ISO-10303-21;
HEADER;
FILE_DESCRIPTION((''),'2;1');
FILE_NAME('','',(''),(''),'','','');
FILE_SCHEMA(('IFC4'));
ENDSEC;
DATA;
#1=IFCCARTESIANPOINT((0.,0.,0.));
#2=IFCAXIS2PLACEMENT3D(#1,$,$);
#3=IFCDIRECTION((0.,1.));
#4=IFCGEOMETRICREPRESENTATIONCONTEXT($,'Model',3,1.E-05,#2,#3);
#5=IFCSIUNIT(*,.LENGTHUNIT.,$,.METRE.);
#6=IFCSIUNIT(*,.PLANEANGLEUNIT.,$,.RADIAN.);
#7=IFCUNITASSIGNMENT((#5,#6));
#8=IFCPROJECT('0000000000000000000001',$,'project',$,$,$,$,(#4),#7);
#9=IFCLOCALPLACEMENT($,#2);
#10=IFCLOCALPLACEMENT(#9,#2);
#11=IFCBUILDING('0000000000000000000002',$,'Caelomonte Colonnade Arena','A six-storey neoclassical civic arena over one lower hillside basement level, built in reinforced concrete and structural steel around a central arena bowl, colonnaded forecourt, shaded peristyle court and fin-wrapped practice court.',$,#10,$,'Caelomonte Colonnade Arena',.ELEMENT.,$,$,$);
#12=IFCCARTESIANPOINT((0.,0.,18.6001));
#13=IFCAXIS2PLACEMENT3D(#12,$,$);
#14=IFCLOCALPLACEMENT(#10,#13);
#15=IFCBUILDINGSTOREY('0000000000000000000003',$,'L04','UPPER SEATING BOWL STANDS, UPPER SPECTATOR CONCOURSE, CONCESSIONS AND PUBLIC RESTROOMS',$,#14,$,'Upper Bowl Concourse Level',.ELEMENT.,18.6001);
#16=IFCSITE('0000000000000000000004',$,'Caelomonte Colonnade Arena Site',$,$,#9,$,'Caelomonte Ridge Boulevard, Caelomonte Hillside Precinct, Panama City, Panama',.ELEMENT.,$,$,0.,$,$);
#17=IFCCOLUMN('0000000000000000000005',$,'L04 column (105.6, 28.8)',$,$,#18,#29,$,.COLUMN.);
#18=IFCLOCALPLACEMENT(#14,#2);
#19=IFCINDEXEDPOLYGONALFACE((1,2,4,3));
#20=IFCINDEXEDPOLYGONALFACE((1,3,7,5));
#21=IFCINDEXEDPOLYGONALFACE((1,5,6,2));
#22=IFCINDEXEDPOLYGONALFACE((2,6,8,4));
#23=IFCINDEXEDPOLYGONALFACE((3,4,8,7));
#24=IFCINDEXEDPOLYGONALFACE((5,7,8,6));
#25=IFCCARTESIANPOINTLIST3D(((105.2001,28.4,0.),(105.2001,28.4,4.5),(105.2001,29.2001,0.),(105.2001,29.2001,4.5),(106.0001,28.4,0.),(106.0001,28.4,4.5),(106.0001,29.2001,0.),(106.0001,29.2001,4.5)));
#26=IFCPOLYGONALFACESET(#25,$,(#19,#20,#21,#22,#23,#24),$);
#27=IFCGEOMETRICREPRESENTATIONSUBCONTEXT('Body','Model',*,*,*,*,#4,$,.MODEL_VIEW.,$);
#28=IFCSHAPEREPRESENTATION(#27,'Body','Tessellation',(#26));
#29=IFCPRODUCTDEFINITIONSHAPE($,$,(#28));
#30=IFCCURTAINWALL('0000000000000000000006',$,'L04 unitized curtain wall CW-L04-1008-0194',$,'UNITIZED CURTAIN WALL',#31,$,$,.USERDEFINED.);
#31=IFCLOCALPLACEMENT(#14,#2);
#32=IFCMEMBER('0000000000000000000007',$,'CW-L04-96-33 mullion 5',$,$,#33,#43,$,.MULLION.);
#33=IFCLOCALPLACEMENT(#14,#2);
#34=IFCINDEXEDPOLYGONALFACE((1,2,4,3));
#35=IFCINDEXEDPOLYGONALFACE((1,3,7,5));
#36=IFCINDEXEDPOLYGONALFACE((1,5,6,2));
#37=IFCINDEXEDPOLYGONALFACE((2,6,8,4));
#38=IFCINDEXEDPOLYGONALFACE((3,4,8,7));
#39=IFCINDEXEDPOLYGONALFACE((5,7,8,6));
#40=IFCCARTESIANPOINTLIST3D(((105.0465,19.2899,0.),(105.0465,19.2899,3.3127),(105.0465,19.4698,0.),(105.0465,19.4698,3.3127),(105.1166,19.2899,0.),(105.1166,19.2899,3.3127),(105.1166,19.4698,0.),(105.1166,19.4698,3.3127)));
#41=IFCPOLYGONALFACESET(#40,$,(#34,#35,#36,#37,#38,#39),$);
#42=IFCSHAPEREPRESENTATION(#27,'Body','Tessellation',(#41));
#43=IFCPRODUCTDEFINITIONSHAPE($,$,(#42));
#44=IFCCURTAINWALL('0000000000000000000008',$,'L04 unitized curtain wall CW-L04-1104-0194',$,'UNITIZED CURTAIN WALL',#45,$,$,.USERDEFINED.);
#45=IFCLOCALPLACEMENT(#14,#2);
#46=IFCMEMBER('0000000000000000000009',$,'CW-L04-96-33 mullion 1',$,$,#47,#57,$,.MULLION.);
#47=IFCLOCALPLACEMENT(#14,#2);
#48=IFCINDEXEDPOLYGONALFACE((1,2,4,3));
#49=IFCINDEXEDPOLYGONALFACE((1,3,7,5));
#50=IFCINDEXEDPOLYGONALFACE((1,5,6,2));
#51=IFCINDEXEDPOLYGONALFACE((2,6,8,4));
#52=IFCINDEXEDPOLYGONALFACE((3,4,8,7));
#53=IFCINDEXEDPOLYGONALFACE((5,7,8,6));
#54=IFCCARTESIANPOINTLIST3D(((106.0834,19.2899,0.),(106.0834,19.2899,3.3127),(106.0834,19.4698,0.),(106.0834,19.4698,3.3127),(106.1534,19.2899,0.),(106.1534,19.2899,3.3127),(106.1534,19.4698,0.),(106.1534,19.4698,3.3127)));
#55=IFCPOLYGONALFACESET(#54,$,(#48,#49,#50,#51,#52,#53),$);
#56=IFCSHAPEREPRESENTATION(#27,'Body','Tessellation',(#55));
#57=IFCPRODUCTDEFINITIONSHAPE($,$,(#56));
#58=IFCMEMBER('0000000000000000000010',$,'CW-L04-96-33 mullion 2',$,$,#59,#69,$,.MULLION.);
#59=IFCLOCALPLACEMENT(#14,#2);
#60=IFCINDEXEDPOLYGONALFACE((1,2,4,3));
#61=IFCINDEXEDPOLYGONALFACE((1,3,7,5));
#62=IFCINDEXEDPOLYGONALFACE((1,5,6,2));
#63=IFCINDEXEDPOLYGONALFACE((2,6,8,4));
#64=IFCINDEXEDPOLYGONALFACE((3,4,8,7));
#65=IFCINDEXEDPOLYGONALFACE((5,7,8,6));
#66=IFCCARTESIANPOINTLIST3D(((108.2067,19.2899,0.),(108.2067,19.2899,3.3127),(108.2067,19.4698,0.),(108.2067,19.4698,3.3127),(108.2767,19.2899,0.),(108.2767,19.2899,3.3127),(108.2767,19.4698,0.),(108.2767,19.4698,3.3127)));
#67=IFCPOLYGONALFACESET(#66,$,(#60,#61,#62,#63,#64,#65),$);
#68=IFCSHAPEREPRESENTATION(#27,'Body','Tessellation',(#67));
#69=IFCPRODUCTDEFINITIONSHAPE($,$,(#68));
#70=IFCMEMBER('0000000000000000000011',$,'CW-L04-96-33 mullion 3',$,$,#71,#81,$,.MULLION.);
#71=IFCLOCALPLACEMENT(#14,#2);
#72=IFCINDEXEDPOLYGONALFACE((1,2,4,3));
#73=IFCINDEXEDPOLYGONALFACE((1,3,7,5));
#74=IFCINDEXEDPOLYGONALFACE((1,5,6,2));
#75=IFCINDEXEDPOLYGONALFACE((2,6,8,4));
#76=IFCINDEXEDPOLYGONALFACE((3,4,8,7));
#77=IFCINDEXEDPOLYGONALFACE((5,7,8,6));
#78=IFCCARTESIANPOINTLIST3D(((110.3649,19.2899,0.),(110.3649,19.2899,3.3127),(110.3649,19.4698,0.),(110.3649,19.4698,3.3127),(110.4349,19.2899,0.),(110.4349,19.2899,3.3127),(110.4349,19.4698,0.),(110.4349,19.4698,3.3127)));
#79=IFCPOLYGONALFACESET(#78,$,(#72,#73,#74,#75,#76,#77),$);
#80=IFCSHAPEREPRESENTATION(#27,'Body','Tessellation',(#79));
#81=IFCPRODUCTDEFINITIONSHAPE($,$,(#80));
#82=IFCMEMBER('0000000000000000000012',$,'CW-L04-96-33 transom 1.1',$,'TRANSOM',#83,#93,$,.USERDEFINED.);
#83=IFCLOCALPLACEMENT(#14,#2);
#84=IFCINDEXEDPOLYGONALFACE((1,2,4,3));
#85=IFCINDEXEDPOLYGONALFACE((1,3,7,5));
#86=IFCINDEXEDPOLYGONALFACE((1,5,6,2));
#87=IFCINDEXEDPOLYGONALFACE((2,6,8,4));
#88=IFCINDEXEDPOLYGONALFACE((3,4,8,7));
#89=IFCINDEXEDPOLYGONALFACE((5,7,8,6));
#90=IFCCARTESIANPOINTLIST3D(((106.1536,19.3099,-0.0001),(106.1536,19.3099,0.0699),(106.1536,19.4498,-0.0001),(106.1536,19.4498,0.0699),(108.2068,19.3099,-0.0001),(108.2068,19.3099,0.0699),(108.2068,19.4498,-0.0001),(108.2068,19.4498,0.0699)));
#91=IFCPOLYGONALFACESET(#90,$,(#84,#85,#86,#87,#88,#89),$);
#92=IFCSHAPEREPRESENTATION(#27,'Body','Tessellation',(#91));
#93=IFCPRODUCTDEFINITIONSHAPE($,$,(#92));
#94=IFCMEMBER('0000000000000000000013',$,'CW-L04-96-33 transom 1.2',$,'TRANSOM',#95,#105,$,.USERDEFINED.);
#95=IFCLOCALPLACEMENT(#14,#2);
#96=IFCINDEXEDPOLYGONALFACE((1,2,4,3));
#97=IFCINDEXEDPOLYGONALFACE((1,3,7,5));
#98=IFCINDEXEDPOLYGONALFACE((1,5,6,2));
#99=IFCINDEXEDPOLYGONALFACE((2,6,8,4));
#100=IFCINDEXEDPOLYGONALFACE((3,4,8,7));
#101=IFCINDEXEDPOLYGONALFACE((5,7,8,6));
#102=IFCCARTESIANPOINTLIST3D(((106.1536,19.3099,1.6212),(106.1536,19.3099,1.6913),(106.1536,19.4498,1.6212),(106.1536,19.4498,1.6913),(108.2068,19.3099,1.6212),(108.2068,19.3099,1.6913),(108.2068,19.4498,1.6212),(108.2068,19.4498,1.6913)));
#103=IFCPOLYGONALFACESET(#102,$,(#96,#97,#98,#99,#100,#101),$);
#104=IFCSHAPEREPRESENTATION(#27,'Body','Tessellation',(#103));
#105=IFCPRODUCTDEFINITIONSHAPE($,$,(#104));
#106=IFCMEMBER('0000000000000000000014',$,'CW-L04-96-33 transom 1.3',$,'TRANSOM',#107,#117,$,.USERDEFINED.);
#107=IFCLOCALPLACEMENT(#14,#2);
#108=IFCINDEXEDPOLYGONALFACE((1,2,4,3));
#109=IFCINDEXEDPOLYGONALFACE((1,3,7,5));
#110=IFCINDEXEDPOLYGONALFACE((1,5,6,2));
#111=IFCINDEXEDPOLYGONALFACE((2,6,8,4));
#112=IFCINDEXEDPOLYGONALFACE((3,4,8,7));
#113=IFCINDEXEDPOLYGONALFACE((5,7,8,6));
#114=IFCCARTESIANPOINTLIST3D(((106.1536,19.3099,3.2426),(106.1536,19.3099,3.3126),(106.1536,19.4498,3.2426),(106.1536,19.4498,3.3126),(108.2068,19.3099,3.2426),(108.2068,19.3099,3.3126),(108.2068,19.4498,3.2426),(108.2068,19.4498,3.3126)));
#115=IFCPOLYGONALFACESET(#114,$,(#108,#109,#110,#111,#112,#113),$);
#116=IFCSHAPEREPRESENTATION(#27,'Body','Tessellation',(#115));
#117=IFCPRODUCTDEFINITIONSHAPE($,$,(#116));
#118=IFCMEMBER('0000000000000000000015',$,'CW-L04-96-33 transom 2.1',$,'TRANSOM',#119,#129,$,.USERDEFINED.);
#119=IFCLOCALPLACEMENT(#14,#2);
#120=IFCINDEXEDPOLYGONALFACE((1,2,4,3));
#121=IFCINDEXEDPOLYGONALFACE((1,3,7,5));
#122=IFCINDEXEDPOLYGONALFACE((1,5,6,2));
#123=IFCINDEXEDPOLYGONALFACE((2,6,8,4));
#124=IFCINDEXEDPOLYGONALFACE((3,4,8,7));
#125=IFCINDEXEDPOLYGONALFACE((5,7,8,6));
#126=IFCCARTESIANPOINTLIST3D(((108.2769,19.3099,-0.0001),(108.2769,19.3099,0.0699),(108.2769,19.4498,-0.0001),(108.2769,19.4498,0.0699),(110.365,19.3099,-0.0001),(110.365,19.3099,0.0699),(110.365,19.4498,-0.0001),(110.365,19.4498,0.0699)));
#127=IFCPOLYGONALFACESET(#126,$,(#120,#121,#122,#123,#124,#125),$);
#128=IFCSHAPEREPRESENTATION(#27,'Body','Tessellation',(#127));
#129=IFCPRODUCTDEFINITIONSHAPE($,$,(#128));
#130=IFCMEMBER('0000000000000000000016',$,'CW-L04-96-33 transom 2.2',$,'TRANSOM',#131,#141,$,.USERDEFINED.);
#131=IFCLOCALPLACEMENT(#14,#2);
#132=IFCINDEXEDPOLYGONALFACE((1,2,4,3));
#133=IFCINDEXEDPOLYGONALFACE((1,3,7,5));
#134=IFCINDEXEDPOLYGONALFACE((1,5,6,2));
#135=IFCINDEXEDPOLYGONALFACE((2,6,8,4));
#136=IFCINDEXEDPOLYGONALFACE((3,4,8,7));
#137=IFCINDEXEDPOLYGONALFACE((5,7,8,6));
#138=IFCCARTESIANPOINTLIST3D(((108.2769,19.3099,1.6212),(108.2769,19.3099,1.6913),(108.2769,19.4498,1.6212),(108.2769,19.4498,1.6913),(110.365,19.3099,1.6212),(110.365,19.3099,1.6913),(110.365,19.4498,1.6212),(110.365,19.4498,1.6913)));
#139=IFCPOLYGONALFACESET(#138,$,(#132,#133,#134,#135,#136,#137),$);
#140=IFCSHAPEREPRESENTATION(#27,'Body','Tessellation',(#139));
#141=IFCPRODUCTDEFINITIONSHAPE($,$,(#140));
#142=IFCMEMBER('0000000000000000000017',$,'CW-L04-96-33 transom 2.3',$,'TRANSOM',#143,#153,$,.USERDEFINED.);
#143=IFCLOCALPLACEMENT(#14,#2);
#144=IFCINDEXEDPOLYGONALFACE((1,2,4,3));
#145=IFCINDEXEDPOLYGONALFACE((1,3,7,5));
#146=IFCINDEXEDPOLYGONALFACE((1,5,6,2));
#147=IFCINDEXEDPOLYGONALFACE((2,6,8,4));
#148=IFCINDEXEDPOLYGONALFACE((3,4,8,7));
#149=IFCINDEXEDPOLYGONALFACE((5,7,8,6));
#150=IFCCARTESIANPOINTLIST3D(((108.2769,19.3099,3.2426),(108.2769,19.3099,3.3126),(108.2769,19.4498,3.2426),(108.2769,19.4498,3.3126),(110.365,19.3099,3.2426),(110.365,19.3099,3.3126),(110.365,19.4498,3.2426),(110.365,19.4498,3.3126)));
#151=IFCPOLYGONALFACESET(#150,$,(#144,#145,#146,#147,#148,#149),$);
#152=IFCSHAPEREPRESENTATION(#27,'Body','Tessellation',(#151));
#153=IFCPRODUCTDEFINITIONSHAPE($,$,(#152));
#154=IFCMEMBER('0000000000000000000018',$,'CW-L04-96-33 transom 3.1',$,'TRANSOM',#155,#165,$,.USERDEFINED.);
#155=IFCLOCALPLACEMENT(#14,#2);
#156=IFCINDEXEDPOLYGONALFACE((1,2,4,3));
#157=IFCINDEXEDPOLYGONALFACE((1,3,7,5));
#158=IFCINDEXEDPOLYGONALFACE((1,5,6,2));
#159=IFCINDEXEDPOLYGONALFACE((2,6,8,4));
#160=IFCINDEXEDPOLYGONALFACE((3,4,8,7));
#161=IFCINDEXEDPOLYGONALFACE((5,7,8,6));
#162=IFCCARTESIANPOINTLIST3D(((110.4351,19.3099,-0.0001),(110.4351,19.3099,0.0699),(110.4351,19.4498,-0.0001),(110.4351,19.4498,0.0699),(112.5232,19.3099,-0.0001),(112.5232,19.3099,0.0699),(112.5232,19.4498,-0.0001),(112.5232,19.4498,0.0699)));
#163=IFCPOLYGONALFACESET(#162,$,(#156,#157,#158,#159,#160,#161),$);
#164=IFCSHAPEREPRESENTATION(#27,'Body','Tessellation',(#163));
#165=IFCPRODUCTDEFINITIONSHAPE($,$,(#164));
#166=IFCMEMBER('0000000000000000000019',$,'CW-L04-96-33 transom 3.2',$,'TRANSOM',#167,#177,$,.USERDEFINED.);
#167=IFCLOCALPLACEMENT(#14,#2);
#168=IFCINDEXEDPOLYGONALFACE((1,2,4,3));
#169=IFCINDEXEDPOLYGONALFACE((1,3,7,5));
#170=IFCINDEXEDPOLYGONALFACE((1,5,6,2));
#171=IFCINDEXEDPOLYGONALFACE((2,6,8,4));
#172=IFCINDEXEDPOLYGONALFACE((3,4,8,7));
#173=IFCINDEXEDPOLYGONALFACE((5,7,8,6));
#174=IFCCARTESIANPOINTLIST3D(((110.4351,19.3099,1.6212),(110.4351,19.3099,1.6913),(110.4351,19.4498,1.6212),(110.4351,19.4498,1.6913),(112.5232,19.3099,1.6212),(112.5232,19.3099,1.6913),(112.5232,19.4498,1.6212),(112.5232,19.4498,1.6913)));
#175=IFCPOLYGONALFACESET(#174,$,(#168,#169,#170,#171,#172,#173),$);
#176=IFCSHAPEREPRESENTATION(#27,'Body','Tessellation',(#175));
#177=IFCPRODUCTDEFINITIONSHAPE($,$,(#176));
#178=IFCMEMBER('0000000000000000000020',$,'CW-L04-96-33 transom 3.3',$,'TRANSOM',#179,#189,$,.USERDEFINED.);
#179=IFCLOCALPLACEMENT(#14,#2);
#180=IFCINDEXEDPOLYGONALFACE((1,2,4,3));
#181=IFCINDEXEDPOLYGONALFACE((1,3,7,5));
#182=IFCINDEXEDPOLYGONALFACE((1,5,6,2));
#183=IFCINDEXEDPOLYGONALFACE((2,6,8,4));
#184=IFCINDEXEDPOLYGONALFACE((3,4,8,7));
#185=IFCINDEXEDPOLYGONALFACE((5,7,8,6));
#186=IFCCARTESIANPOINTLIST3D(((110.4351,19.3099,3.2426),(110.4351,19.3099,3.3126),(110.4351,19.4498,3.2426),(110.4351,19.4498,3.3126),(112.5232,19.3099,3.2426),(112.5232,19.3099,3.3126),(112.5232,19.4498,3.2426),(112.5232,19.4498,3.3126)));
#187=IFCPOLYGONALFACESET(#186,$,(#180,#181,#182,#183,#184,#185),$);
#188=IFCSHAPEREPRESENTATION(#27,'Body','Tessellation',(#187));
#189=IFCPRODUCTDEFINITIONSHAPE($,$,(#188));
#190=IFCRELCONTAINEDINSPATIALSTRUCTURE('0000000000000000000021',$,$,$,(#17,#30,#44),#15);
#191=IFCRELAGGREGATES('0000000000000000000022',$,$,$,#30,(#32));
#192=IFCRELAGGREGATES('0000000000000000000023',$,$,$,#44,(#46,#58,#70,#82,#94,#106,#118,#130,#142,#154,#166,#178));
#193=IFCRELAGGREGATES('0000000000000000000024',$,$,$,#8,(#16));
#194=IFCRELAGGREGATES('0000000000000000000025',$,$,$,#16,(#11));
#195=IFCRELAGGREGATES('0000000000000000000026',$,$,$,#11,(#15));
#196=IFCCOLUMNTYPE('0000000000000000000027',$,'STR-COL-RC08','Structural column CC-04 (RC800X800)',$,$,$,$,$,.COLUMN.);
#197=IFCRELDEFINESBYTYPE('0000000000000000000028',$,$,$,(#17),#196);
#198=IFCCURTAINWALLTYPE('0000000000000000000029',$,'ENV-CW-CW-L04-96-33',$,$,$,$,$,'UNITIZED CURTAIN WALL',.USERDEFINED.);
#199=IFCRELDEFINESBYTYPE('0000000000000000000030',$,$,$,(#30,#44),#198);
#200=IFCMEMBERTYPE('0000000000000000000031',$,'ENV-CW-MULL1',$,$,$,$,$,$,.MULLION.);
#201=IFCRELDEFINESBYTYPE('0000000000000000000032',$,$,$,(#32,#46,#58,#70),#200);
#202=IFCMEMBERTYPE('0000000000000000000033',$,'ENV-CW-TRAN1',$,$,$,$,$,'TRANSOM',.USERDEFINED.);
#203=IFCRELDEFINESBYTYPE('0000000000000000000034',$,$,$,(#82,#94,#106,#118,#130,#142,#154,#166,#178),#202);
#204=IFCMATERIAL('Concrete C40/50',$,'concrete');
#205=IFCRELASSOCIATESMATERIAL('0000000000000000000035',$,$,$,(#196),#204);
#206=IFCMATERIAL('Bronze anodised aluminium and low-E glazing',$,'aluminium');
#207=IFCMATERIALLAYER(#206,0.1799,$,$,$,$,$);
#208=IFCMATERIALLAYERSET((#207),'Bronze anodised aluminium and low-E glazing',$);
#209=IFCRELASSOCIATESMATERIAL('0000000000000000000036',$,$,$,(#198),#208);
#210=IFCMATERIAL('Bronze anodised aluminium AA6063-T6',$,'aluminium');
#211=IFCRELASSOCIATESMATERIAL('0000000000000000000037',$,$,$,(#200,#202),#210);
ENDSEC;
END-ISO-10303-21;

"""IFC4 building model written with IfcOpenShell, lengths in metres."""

from ifc_helpers import new_model, si_unit, direction, frame, origin, origin_2d, place, context, subcontext, project, spatial, rectangle, extrude, material, layer, layer_set, material_profile, profile_set, type_object, element, aggregate, save


model = new_model("IFC4")

# Units and contexts
model_context = context("Model", 3, precision=1e-05, world=origin(), true_north=direction((0.0, 1.0)))
body_context = subcontext(model_context, "Body", "Model", "MODEL_VIEW")
ifc_project = project(units=[si_unit("LENGTHUNIT", "METRE"), si_unit("PLANEANGLEUNIT", "RADIAN")], contexts=[model_context])

# Site, building, storey
site_placement = place(None, origin())
site = spatial("IfcSite", under=ifc_project, at=site_placement, Name="Caelomonte Colonnade Arena Site", LongName="Caelomonte Ridge Boulevard, Caelomonte Hillside Precinct, Panama City, Panama", CompositionType="ELEMENT", RefElevation=0.0)
building_placement = place(site_placement, origin())
building = spatial("IfcBuilding", under=site, at=building_placement, Name="Caelomonte Colonnade Arena", Description="A six-storey neoclassical civic arena over one lower hillside basement level, built in reinforced concrete and structural steel around a central arena bowl, colonnaded forecourt, shaded peristyle court and fin-wrapped practice court.", LongName="Caelomonte Colonnade Arena", CompositionType="ELEMENT")
storey_placement = place(building_placement, frame((0.0, 0.0, 18.6001)))
storey = spatial("IfcBuildingStorey", under=building, at=storey_placement, Name="L04", Description="UPPER SEATING BOWL STANDS, UPPER SPECTATOR CONCOURSE, CONCESSIONS AND PUBLIC RESTROOMS", LongName="Upper Bowl Concourse Level", CompositionType="ELEMENT", Elevation=18.6001)

# Column
ifc_material_1 = material(Name="Concrete C40/50", Category="concrete")
ifc_material_profile_1 = material_profile(ifc_material_1, rectangle(XDim=0.8, YDim=0.8, at=origin_2d()), Name="RC800X800")
ifc_profile_set_1 = profile_set([ifc_material_profile_1], Name="Concrete C40/50")
column_type = type_object("IfcColumnType", Name="STR-COL-RC08", Description="Structural column CC-04 (RC800X800)", PredefinedType="COLUMN", material=ifc_profile_set_1)
column_placement = place(storey_placement, frame((105.6001, 28.8, 0.0), z_axis=(0.0, 0.0, 1.0), x_axis=(1.0, 0.0, 0.0)))
element("IfcColumn", 1, at=column_placement, inside=storey, type_object=column_type, Name="L04 column (105.6, 28.8)", PredefinedType="COLUMN", context=body_context, shape_type="SweptSolid", body=[
    extrude(rectangle(XDim=0.8, YDim=0.8, at=origin_2d()), origin(), (0.0, 0.0, 1.0), 4.5),
])

# Curtain wall, member
ifc_material_2 = material(Name="Bronze anodised aluminium and low-E glazing", Category="aluminium")
ifc_layer_1 = layer(ifc_material_2, 0.1799)
ifc_layer_set_1 = layer_set([ifc_layer_1], Name="Bronze anodised aluminium and low-E glazing")
curtain_wall_type = type_object("IfcCurtainWallType", Name="ENV-CW-CW-L04-96-33", ElementType="UNITIZED CURTAIN WALL", PredefinedType="USERDEFINED", material=ifc_layer_set_1)
curtain_wall_1_placement = place(storey_placement, origin())
curtain_wall_1 = element("IfcCurtainWall", 2, at=curtain_wall_1_placement, inside=storey, type_object=curtain_wall_type, Name="L04 unitized curtain wall CW-L04-1008-0194", ObjectType="UNITIZED CURTAIN WALL", PredefinedType="USERDEFINED")
ifc_material_3 = material(Name="Bronze anodised aluminium AA6063-T6", Category="aluminium")
ifc_material_profile_2 = material_profile(ifc_material_3, rectangle(XDim=0.0701, YDim=0.1799, at=origin_2d()), Name="CWM-70X180")
ifc_profile_set_2 = profile_set([ifc_material_profile_2], Name="Bronze anodised aluminium AA6063-T6")
member_type_1 = type_object("IfcMemberType", Name="ENV-CW-MULL1", PredefinedType="MULLION", material=ifc_profile_set_2)
member_1_placement = place(storey_placement, frame((105.0815, 19.3799, 0.0), z_axis=(0.0, 0.0, 1.0), x_axis=(1.0, 0.0, 0.0)))
member_1 = element("IfcMember", 3, at=member_1_placement, type_object=member_type_1, Name="CW-L04-96-33 mullion 5", PredefinedType="MULLION", context=body_context, shape_type="SweptSolid", body=[
    extrude(rectangle(XDim=0.0701, YDim=0.1799, at=origin_2d()), origin(), (0.0, 0.0, 1.0), 3.3127),
])

# Curtain wall, members
curtain_wall_2_placement = place(storey_placement, origin())
curtain_wall_2 = element("IfcCurtainWall", 4, at=curtain_wall_2_placement, inside=storey, type_object=curtain_wall_type, Name="L04 unitized curtain wall CW-L04-1104-0194", ObjectType="UNITIZED CURTAIN WALL", PredefinedType="USERDEFINED")
member_2_placement = place(storey_placement, frame((106.1184, 19.3799, 0.0), z_axis=(0.0, 0.0, 1.0), x_axis=(1.0, 0.0, 0.0)))
member_2 = element("IfcMember", 5, at=member_2_placement, type_object=member_type_1, Name="CW-L04-96-33 mullion 1", PredefinedType="MULLION", context=body_context, shape_type="SweptSolid", body=[
    extrude(rectangle(XDim=0.0701, YDim=0.1799, at=origin_2d()), origin(), (0.0, 0.0, 1.0), 3.3127),
])
member_3_placement = place(storey_placement, frame((108.2417, 19.3799, 0.0), z_axis=(0.0, 0.0, 1.0), x_axis=(1.0, 0.0, 0.0)))
member_3 = element("IfcMember", 6, at=member_3_placement, type_object=member_type_1, Name="CW-L04-96-33 mullion 2", PredefinedType="MULLION", context=body_context, shape_type="SweptSolid", body=[
    extrude(rectangle(XDim=0.0701, YDim=0.1799, at=origin_2d()), origin(), (0.0, 0.0, 1.0), 3.3127),
])
member_4_placement = place(storey_placement, frame((110.3999, 19.3799, 0.0), z_axis=(0.0, 0.0, 1.0), x_axis=(1.0, 0.0, 0.0)))
member_4 = element("IfcMember", 7, at=member_4_placement, type_object=member_type_1, Name="CW-L04-96-33 mullion 3", PredefinedType="MULLION", context=body_context, shape_type="SweptSolid", body=[
    extrude(rectangle(XDim=0.0701, YDim=0.1799, at=origin_2d()), origin(), (0.0, 0.0, 1.0), 3.3127),
])
ifc_material_profile_3 = material_profile(ifc_material_3, rectangle(XDim=0.0701, YDim=0.1399, at=origin_2d()), Name="CWT-70X140")
ifc_profile_set_3 = profile_set([ifc_material_profile_3], Name="Bronze anodised aluminium AA6063-T6")
member_type_2 = type_object("IfcMemberType", Name="ENV-CW-TRAN1", ElementType="TRANSOM", PredefinedType="USERDEFINED", material=ifc_profile_set_3)
member_5_placement = place(storey_placement, frame((106.1536, 19.3799, 0.0349), z_axis=(1.0, 0.0, 0.0), x_axis=(0.0, 0.0, 1.0)))
member_5 = element("IfcMember", 8, at=member_5_placement, type_object=member_type_2, Name="CW-L04-96-33 transom 1.1", ObjectType="TRANSOM", PredefinedType="USERDEFINED", context=body_context, shape_type="SweptSolid", body=[
    extrude(rectangle(XDim=0.0701, YDim=0.1399, at=origin_2d()), origin(), (0.0, 0.0, 1.0), 2.0532),
])
member_6_placement = place(storey_placement, frame((106.1536, 19.3799, 1.6562), z_axis=(1.0, 0.0, 0.0), x_axis=(0.0, 0.0, 1.0)))
member_6 = element("IfcMember", 9, at=member_6_placement, type_object=member_type_2, Name="CW-L04-96-33 transom 1.2", ObjectType="TRANSOM", PredefinedType="USERDEFINED", context=body_context, shape_type="SweptSolid", body=[
    extrude(rectangle(XDim=0.0701, YDim=0.1399, at=origin_2d()), origin(), (0.0, 0.0, 1.0), 2.0532),
])
member_7_placement = place(storey_placement, frame((106.1536, 19.3799, 3.2776), z_axis=(1.0, 0.0, 0.0), x_axis=(0.0, 0.0, 1.0)))
member_7 = element("IfcMember", 10, at=member_7_placement, type_object=member_type_2, Name="CW-L04-96-33 transom 1.3", ObjectType="TRANSOM", PredefinedType="USERDEFINED", context=body_context, shape_type="SweptSolid", body=[
    extrude(rectangle(XDim=0.0701, YDim=0.1399, at=origin_2d()), origin(), (0.0, 0.0, 1.0), 2.0532),
])
member_8_placement = place(storey_placement, frame((108.2769, 19.3799, 0.0349), z_axis=(1.0, 0.0, 0.0), x_axis=(0.0, 0.0, 1.0)))
member_8 = element("IfcMember", 11, at=member_8_placement, type_object=member_type_2, Name="CW-L04-96-33 transom 2.1", ObjectType="TRANSOM", PredefinedType="USERDEFINED", context=body_context, shape_type="SweptSolid", body=[
    extrude(rectangle(XDim=0.0701, YDim=0.1399, at=origin_2d()), origin(), (0.0, 0.0, 1.0), 2.0881),
])
member_9_placement = place(storey_placement, frame((108.2769, 19.3799, 1.6562), z_axis=(1.0, 0.0, 0.0), x_axis=(0.0, 0.0, 1.0)))
member_9 = element("IfcMember", 12, at=member_9_placement, type_object=member_type_2, Name="CW-L04-96-33 transom 2.2", ObjectType="TRANSOM", PredefinedType="USERDEFINED", context=body_context, shape_type="SweptSolid", body=[
    extrude(rectangle(XDim=0.0701, YDim=0.1399, at=origin_2d()), origin(), (0.0, 0.0, 1.0), 2.0881),
])
member_10_placement = place(storey_placement, frame((108.2769, 19.3799, 3.2776), z_axis=(1.0, 0.0, 0.0), x_axis=(0.0, 0.0, 1.0)))
member_10 = element("IfcMember", 13, at=member_10_placement, type_object=member_type_2, Name="CW-L04-96-33 transom 2.3", ObjectType="TRANSOM", PredefinedType="USERDEFINED", context=body_context, shape_type="SweptSolid", body=[
    extrude(rectangle(XDim=0.0701, YDim=0.1399, at=origin_2d()), origin(), (0.0, 0.0, 1.0), 2.0881),
])
member_11_placement = place(storey_placement, frame((110.4351, 19.3799, 0.0349), z_axis=(1.0, 0.0, 0.0), x_axis=(0.0, 0.0, 1.0)))
member_11 = element("IfcMember", 14, at=member_11_placement, type_object=member_type_2, Name="CW-L04-96-33 transom 3.1", ObjectType="TRANSOM", PredefinedType="USERDEFINED", context=body_context, shape_type="SweptSolid", body=[
    extrude(rectangle(XDim=0.0701, YDim=0.1399, at=origin_2d()), origin(), (0.0, 0.0, 1.0), 2.0881),
])
member_12_placement = place(storey_placement, frame((110.4351, 19.3799, 1.6562), z_axis=(1.0, 0.0, 0.0), x_axis=(0.0, 0.0, 1.0)))
member_12 = element("IfcMember", 15, at=member_12_placement, type_object=member_type_2, Name="CW-L04-96-33 transom 3.2", ObjectType="TRANSOM", PredefinedType="USERDEFINED", context=body_context, shape_type="SweptSolid", body=[
    extrude(rectangle(XDim=0.0701, YDim=0.1399, at=origin_2d()), origin(), (0.0, 0.0, 1.0), 2.0881),
])
member_13_placement = place(storey_placement, frame((110.4351, 19.3799, 3.2776), z_axis=(1.0, 0.0, 0.0), x_axis=(0.0, 0.0, 1.0)))
member_13 = element("IfcMember", 16, at=member_13_placement, type_object=member_type_2, Name="CW-L04-96-33 transom 3.3", ObjectType="TRANSOM", PredefinedType="USERDEFINED", context=body_context, shape_type="SweptSolid", body=[
    extrude(rectangle(XDim=0.0701, YDim=0.1399, at=origin_2d()), origin(), (0.0, 0.0, 1.0), 2.0881),
])

aggregate(curtain_wall_1, [member_1])
aggregate(curtain_wall_2, [member_2, member_3, member_4, member_5, member_6, member_7, member_8, member_9, member_10, member_11, member_12, member_13])

save(model, "model.ifc")
